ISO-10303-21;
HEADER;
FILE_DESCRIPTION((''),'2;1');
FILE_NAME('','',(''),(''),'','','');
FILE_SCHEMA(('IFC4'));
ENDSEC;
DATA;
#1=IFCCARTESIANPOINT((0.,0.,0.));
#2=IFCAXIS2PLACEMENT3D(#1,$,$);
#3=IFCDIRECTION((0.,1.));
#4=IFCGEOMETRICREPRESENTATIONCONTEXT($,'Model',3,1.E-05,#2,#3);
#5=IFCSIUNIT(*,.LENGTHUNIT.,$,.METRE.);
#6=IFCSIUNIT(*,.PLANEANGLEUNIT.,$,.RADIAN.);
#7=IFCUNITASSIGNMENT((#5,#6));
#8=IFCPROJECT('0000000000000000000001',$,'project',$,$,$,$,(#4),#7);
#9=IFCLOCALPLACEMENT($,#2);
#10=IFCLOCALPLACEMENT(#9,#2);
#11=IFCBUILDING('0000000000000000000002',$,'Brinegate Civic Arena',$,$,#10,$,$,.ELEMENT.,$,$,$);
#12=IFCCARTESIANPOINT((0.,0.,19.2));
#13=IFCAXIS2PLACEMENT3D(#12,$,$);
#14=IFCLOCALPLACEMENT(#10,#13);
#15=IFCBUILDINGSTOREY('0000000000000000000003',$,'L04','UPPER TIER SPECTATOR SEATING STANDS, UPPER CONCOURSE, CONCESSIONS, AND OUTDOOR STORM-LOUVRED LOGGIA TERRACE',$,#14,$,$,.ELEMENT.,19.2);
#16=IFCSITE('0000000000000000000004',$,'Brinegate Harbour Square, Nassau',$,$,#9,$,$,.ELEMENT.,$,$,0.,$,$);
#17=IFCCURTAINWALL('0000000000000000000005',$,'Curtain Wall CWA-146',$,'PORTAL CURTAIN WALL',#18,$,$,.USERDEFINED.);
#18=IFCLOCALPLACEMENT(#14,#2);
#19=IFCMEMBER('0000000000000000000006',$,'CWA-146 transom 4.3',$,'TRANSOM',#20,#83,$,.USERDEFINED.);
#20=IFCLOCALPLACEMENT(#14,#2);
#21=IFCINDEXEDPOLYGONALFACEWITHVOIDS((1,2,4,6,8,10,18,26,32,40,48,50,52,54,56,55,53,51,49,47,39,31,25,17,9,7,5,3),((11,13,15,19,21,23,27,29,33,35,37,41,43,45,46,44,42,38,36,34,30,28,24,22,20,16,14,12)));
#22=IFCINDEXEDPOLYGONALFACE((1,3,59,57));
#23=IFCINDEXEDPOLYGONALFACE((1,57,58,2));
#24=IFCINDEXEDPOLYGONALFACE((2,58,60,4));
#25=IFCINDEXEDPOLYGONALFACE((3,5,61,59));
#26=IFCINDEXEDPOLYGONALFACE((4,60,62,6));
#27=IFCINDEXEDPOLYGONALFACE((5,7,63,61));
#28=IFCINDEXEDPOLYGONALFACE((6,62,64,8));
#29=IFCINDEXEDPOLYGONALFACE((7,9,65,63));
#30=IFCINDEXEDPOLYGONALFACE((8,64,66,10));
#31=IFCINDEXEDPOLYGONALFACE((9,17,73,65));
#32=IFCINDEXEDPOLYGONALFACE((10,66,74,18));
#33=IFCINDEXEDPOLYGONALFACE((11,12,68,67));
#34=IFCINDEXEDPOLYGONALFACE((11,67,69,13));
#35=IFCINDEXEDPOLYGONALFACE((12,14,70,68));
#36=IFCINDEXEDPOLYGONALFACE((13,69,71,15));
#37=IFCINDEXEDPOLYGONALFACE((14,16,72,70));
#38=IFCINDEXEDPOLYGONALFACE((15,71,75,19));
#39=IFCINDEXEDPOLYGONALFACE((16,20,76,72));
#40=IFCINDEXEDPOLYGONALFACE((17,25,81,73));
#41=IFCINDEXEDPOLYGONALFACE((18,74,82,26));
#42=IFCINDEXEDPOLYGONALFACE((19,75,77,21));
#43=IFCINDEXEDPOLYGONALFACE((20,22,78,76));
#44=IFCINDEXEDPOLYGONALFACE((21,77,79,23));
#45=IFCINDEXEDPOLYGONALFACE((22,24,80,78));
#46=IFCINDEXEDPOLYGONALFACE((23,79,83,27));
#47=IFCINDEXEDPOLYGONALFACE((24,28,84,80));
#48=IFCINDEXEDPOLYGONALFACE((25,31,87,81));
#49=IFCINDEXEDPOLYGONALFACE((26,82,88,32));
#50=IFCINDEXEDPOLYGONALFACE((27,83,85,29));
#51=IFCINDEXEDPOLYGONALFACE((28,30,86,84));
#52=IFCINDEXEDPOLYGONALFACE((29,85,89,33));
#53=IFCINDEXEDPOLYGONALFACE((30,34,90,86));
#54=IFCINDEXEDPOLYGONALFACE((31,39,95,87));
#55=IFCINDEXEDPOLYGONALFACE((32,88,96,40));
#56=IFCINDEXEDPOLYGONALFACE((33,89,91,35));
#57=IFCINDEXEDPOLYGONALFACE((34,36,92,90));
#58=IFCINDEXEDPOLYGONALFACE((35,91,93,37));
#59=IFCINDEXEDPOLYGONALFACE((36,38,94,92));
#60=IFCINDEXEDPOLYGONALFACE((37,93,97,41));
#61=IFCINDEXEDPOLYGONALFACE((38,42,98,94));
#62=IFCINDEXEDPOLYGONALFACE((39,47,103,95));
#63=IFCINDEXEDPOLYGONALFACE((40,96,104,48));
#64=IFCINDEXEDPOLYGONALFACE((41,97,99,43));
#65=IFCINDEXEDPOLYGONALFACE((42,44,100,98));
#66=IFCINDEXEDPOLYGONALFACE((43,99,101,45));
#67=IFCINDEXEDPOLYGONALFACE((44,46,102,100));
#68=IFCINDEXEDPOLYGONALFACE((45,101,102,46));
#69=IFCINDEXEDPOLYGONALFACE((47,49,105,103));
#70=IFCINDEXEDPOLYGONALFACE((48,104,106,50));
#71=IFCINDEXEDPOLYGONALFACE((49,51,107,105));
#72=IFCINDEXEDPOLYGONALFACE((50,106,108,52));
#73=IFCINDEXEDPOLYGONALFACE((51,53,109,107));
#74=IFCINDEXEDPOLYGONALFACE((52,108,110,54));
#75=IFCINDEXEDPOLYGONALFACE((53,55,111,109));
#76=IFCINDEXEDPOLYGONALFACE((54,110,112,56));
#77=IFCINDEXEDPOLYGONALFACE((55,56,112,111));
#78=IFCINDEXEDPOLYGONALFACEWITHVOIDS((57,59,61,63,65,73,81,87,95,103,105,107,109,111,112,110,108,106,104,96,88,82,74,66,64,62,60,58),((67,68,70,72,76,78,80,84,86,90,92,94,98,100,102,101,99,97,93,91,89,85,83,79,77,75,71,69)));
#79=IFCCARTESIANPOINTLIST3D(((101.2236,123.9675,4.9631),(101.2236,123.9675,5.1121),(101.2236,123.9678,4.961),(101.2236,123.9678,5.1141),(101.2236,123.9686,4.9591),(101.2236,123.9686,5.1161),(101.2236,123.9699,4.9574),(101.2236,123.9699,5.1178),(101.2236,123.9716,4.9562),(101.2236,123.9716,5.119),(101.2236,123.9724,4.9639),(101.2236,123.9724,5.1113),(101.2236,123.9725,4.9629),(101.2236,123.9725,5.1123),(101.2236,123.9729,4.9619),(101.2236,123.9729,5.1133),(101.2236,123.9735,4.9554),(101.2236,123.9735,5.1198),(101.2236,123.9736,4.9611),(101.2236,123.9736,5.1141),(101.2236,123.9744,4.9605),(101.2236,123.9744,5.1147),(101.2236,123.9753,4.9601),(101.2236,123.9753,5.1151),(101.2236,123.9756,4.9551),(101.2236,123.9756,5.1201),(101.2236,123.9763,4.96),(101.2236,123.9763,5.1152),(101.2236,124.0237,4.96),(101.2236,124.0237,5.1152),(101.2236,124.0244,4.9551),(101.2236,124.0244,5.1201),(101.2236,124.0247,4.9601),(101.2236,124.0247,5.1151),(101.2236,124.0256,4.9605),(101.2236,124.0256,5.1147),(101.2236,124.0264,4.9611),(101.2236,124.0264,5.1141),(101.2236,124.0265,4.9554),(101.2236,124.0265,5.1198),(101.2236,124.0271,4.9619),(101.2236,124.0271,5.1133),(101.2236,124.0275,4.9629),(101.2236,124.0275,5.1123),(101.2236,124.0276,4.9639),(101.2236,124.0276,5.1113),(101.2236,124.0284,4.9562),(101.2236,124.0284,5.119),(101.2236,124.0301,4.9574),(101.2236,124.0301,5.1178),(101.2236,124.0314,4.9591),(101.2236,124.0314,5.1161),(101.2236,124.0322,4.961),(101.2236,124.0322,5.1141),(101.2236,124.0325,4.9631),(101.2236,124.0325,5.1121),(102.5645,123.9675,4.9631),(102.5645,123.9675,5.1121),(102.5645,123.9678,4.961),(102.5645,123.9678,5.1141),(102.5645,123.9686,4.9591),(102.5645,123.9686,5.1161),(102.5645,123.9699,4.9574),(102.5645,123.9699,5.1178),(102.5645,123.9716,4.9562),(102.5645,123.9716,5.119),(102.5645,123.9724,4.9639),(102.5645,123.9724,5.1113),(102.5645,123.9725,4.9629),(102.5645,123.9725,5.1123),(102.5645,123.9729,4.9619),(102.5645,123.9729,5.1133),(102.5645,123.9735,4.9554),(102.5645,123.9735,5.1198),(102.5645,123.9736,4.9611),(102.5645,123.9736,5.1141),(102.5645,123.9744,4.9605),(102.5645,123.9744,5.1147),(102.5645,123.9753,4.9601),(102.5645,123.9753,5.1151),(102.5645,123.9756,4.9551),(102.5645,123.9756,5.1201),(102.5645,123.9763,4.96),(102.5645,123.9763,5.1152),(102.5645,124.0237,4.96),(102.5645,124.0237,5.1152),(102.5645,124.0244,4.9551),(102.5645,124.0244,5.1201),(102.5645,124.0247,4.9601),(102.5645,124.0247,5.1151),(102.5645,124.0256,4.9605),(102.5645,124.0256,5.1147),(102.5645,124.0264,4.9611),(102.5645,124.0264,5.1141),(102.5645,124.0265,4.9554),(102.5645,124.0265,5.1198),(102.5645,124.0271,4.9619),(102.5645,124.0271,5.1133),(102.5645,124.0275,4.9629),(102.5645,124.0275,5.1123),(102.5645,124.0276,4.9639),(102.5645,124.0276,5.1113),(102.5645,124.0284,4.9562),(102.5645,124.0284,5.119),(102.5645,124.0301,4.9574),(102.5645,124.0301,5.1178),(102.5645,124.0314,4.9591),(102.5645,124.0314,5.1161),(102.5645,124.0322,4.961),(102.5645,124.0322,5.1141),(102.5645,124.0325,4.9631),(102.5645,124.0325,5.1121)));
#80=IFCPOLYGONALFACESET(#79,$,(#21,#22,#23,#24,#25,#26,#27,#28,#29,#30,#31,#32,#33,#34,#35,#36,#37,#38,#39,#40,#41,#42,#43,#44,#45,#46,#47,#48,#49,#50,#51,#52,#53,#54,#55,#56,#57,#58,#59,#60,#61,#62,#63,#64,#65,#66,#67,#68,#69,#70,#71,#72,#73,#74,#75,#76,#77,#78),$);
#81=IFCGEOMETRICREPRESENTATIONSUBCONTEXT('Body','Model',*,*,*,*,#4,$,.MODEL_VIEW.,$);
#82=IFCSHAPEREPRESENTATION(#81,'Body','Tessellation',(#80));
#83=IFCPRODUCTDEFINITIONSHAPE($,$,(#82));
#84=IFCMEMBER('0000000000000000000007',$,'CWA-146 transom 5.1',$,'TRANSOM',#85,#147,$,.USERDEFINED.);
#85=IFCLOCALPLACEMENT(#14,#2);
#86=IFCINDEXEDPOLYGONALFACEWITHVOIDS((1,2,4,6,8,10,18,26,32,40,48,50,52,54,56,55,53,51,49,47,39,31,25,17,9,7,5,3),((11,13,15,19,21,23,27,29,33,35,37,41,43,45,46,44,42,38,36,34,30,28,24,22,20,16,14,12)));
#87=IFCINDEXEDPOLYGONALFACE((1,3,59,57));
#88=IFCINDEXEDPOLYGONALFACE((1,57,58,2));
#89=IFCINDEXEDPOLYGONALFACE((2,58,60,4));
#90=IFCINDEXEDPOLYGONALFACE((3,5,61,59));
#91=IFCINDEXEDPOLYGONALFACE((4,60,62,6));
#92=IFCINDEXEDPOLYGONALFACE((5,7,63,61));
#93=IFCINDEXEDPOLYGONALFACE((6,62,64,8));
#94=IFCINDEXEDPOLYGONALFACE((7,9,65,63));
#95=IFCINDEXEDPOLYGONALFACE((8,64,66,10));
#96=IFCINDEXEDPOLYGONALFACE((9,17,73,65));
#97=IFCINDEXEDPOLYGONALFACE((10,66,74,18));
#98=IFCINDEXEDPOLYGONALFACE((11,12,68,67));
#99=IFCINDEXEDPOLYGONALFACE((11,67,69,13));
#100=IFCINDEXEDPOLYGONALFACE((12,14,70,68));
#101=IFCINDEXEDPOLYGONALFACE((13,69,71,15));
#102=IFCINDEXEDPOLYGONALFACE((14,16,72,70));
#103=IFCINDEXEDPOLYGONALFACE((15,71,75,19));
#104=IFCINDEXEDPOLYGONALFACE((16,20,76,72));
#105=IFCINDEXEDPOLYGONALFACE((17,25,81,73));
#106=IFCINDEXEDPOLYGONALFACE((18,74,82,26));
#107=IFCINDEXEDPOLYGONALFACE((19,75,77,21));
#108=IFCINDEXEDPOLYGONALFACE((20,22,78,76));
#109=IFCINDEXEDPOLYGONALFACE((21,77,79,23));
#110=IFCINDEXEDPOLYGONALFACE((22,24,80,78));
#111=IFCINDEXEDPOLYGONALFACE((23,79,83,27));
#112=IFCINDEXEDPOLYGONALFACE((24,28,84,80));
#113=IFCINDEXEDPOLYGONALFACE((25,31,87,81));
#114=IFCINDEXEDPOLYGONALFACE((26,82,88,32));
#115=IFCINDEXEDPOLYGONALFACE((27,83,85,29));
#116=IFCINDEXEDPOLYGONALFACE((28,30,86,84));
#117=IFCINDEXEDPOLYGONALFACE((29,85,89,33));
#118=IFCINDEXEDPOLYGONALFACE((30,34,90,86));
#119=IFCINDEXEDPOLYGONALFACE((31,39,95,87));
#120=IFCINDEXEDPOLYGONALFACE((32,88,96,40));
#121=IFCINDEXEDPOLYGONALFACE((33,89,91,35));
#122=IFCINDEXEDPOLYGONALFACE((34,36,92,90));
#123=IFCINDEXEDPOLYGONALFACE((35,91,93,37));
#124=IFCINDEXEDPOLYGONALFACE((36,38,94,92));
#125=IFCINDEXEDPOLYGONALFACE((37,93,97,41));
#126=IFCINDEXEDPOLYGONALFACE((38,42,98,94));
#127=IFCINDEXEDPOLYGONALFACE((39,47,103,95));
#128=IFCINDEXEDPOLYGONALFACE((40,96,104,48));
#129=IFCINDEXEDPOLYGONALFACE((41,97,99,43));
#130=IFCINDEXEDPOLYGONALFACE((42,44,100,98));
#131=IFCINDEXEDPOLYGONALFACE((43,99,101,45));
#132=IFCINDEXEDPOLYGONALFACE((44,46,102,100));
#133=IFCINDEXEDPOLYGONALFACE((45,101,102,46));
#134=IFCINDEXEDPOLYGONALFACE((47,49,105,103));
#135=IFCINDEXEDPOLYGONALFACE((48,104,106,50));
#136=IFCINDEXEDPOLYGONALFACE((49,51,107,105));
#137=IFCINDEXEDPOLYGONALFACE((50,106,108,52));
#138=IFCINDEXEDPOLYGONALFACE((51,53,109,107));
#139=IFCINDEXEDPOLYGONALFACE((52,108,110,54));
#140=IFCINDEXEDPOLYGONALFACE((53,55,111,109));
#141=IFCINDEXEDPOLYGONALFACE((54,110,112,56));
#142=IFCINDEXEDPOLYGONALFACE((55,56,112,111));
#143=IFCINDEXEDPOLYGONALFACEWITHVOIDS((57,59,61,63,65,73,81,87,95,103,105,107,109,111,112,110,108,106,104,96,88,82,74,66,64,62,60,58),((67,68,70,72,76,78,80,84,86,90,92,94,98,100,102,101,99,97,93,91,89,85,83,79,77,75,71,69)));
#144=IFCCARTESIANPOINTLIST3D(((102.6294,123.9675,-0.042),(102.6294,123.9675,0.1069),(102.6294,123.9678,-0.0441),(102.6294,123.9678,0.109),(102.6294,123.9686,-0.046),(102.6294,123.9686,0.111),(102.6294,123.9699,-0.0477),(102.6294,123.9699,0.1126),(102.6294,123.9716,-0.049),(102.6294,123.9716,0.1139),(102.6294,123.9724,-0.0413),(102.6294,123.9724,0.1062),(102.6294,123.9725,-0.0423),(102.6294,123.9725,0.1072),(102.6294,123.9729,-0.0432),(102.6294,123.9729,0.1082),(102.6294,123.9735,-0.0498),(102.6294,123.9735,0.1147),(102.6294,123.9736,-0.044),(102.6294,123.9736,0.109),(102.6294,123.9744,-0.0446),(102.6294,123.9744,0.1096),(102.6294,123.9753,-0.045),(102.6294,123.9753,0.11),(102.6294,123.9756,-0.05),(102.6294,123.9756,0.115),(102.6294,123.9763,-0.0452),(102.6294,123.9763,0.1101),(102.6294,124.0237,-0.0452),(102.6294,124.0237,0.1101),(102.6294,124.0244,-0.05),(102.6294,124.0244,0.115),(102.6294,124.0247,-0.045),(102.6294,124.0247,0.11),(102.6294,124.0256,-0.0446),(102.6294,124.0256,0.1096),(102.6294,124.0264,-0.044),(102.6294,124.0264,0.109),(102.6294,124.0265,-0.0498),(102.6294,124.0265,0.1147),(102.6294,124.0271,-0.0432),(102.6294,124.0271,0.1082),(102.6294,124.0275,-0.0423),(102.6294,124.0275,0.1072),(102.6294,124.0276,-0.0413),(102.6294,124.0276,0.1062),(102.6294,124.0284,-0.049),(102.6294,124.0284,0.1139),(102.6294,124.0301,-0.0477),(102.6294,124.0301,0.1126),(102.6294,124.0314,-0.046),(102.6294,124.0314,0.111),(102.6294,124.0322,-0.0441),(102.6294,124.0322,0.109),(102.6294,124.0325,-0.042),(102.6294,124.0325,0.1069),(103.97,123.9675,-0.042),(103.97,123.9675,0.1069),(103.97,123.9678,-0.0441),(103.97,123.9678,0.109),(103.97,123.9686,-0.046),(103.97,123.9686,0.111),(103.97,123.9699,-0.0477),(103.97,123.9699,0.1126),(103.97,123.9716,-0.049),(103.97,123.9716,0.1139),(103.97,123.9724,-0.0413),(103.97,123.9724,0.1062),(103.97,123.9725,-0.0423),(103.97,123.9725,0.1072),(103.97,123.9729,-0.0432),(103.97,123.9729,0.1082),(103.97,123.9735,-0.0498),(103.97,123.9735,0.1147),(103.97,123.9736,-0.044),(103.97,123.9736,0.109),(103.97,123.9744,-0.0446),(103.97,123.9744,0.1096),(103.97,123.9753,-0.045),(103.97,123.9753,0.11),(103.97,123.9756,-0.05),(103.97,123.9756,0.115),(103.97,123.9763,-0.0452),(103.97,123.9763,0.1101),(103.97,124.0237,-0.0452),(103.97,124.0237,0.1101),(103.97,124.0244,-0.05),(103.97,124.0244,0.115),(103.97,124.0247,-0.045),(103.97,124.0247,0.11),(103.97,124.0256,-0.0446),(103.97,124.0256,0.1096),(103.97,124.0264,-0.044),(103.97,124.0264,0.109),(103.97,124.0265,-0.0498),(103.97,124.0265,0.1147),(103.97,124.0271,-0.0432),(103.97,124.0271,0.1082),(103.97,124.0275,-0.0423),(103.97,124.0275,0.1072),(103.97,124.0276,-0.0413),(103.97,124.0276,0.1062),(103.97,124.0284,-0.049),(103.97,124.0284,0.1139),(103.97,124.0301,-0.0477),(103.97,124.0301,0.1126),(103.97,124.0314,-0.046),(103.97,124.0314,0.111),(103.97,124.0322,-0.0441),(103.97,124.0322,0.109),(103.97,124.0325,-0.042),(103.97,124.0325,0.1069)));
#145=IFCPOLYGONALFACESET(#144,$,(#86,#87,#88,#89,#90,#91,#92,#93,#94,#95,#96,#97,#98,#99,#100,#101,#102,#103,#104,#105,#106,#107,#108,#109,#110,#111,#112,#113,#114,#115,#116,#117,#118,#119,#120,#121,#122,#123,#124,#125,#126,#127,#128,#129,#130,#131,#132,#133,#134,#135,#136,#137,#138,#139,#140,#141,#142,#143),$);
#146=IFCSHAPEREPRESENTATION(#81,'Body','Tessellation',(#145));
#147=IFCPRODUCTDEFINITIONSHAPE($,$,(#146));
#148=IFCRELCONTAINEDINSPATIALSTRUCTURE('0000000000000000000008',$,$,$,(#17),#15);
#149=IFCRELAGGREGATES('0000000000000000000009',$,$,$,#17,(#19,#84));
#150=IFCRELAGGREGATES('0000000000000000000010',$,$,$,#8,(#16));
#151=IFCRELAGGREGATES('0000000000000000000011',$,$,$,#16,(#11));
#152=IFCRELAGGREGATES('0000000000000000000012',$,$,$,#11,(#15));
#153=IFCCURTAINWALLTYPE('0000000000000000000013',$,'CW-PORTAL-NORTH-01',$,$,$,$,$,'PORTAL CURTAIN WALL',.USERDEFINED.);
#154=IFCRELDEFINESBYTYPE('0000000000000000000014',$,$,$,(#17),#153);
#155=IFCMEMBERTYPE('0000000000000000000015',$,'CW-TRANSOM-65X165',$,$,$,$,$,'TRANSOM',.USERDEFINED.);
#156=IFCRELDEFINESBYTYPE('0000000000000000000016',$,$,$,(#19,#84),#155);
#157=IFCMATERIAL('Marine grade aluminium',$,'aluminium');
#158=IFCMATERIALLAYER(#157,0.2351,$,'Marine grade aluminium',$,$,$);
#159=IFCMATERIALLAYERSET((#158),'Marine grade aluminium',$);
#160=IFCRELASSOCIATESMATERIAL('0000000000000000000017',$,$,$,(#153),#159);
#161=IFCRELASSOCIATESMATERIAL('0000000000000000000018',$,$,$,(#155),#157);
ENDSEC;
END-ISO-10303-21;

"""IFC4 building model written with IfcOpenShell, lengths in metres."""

from ifc_helpers import new_model, si_unit, direction, frame, origin, origin_2d, place, context, subcontext, project, spatial, hollow_rectangle, extrude, material, layer, layer_set, material_profile, profile_set, type_object, element, aggregate, save


model = new_model("IFC4")

# Units and contexts
model_context = context("Model", 3, precision=1e-05, world=origin(), true_north=direction((0.0, 1.0)))
body_context = subcontext(model_context, "Body", "Model", "MODEL_VIEW")
ifc_project = project(units=[si_unit("LENGTHUNIT", "METRE"), si_unit("PLANEANGLEUNIT", "RADIAN")], contexts=[model_context])

# Site, building, storey
site_placement = place(None, origin())
site = spatial("IfcSite", under=ifc_project, at=site_placement, Name="Brinegate Harbour Square, Nassau", CompositionType="ELEMENT", RefElevation=0.0)
building_placement = place(site_placement, origin())
building = spatial("IfcBuilding", under=site, at=building_placement, Name="Brinegate Civic Arena", CompositionType="ELEMENT")
storey_placement = place(building_placement, frame((0.0, 0.0, 19.2)))
storey = spatial("IfcBuildingStorey", under=building, at=storey_placement, Name="L04", Description="UPPER TIER SPECTATOR SEATING STANDS, UPPER CONCOURSE, CONCESSIONS, AND OUTDOOR STORM-LOUVRED LOGGIA TERRACE", CompositionType="ELEMENT", Elevation=19.2)

# Curtain wall, members
ifc_material_1 = material(Name="Marine grade aluminium", Category="aluminium")
ifc_layer_1 = layer(ifc_material_1, 0.2351, Name="Marine grade aluminium")
ifc_layer_set_1 = layer_set([ifc_layer_1], Name="Marine grade aluminium")
curtain_wall_type = type_object("IfcCurtainWallType", Name="CW-PORTAL-NORTH-01", ElementType="PORTAL CURTAIN WALL", PredefinedType="USERDEFINED", material=ifc_layer_set_1)
curtain_wall_placement = place(storey_placement, origin())
curtain_wall = element("IfcCurtainWall", 1, at=curtain_wall_placement, inside=storey, type_object=curtain_wall_type, Name="Curtain Wall CWA-146", ObjectType="PORTAL CURTAIN WALL", PredefinedType="USERDEFINED")
ifc_material_profile_1 = material_profile(ifc_material_1, hollow_rectangle(XDim=0.0649, YDim=0.165, WallThickness=0.0049, InnerFilletRadius=0.0039, OuterFilletRadius=0.0081, at=origin_2d()), Name="TRN65X165")
ifc_profile_set_1 = profile_set([ifc_material_profile_1], Name="Marine grade aluminium")
member_type_1 = type_object("IfcMemberType", Name="CW-TRANSOM-65X165", ElementType="TRANSOM", PredefinedType="USERDEFINED", material=ifc_profile_set_1)
member_1_placement = place(storey_placement, frame((101.2236, 124.0, 5.0376), z_axis=(1.0, 0.0, 0.0), x_axis=(0.0, 1.0, 0.0)))
member_1 = element("IfcMember", 2, at=member_1_placement, type_object=member_type_1, Name="CWA-146 transom 4.3", ObjectType="TRANSOM", PredefinedType="USERDEFINED", context=body_context, shape_type="SweptSolid", body=[
    extrude(hollow_rectangle(XDim=0.0649, YDim=0.165, WallThickness=0.0049, InnerFilletRadius=0.0039, OuterFilletRadius=0.0081, at=origin_2d()), origin(), (0.0, 0.0, 1.0), 1.3408),
])
member_2_placement = place(storey_placement, frame((102.6294, 124.0, 0.0325), z_axis=(1.0, 0.0, 0.0), x_axis=(0.0, 1.0, 0.0)))
member_2 = element("IfcMember", 3, at=member_2_placement, type_object=member_type_1, Name="CWA-146 transom 5.1", ObjectType="TRANSOM", PredefinedType="USERDEFINED", context=body_context, shape_type="SweptSolid", body=[
    extrude(hollow_rectangle(XDim=0.0649, YDim=0.165, WallThickness=0.0049, InnerFilletRadius=0.0039, OuterFilletRadius=0.0081, at=origin_2d()), origin(), (0.0, 0.0, 1.0), 1.3406),
])
aggregate(curtain_wall, [member_1, member_2])

save(model, "model.ifc")
